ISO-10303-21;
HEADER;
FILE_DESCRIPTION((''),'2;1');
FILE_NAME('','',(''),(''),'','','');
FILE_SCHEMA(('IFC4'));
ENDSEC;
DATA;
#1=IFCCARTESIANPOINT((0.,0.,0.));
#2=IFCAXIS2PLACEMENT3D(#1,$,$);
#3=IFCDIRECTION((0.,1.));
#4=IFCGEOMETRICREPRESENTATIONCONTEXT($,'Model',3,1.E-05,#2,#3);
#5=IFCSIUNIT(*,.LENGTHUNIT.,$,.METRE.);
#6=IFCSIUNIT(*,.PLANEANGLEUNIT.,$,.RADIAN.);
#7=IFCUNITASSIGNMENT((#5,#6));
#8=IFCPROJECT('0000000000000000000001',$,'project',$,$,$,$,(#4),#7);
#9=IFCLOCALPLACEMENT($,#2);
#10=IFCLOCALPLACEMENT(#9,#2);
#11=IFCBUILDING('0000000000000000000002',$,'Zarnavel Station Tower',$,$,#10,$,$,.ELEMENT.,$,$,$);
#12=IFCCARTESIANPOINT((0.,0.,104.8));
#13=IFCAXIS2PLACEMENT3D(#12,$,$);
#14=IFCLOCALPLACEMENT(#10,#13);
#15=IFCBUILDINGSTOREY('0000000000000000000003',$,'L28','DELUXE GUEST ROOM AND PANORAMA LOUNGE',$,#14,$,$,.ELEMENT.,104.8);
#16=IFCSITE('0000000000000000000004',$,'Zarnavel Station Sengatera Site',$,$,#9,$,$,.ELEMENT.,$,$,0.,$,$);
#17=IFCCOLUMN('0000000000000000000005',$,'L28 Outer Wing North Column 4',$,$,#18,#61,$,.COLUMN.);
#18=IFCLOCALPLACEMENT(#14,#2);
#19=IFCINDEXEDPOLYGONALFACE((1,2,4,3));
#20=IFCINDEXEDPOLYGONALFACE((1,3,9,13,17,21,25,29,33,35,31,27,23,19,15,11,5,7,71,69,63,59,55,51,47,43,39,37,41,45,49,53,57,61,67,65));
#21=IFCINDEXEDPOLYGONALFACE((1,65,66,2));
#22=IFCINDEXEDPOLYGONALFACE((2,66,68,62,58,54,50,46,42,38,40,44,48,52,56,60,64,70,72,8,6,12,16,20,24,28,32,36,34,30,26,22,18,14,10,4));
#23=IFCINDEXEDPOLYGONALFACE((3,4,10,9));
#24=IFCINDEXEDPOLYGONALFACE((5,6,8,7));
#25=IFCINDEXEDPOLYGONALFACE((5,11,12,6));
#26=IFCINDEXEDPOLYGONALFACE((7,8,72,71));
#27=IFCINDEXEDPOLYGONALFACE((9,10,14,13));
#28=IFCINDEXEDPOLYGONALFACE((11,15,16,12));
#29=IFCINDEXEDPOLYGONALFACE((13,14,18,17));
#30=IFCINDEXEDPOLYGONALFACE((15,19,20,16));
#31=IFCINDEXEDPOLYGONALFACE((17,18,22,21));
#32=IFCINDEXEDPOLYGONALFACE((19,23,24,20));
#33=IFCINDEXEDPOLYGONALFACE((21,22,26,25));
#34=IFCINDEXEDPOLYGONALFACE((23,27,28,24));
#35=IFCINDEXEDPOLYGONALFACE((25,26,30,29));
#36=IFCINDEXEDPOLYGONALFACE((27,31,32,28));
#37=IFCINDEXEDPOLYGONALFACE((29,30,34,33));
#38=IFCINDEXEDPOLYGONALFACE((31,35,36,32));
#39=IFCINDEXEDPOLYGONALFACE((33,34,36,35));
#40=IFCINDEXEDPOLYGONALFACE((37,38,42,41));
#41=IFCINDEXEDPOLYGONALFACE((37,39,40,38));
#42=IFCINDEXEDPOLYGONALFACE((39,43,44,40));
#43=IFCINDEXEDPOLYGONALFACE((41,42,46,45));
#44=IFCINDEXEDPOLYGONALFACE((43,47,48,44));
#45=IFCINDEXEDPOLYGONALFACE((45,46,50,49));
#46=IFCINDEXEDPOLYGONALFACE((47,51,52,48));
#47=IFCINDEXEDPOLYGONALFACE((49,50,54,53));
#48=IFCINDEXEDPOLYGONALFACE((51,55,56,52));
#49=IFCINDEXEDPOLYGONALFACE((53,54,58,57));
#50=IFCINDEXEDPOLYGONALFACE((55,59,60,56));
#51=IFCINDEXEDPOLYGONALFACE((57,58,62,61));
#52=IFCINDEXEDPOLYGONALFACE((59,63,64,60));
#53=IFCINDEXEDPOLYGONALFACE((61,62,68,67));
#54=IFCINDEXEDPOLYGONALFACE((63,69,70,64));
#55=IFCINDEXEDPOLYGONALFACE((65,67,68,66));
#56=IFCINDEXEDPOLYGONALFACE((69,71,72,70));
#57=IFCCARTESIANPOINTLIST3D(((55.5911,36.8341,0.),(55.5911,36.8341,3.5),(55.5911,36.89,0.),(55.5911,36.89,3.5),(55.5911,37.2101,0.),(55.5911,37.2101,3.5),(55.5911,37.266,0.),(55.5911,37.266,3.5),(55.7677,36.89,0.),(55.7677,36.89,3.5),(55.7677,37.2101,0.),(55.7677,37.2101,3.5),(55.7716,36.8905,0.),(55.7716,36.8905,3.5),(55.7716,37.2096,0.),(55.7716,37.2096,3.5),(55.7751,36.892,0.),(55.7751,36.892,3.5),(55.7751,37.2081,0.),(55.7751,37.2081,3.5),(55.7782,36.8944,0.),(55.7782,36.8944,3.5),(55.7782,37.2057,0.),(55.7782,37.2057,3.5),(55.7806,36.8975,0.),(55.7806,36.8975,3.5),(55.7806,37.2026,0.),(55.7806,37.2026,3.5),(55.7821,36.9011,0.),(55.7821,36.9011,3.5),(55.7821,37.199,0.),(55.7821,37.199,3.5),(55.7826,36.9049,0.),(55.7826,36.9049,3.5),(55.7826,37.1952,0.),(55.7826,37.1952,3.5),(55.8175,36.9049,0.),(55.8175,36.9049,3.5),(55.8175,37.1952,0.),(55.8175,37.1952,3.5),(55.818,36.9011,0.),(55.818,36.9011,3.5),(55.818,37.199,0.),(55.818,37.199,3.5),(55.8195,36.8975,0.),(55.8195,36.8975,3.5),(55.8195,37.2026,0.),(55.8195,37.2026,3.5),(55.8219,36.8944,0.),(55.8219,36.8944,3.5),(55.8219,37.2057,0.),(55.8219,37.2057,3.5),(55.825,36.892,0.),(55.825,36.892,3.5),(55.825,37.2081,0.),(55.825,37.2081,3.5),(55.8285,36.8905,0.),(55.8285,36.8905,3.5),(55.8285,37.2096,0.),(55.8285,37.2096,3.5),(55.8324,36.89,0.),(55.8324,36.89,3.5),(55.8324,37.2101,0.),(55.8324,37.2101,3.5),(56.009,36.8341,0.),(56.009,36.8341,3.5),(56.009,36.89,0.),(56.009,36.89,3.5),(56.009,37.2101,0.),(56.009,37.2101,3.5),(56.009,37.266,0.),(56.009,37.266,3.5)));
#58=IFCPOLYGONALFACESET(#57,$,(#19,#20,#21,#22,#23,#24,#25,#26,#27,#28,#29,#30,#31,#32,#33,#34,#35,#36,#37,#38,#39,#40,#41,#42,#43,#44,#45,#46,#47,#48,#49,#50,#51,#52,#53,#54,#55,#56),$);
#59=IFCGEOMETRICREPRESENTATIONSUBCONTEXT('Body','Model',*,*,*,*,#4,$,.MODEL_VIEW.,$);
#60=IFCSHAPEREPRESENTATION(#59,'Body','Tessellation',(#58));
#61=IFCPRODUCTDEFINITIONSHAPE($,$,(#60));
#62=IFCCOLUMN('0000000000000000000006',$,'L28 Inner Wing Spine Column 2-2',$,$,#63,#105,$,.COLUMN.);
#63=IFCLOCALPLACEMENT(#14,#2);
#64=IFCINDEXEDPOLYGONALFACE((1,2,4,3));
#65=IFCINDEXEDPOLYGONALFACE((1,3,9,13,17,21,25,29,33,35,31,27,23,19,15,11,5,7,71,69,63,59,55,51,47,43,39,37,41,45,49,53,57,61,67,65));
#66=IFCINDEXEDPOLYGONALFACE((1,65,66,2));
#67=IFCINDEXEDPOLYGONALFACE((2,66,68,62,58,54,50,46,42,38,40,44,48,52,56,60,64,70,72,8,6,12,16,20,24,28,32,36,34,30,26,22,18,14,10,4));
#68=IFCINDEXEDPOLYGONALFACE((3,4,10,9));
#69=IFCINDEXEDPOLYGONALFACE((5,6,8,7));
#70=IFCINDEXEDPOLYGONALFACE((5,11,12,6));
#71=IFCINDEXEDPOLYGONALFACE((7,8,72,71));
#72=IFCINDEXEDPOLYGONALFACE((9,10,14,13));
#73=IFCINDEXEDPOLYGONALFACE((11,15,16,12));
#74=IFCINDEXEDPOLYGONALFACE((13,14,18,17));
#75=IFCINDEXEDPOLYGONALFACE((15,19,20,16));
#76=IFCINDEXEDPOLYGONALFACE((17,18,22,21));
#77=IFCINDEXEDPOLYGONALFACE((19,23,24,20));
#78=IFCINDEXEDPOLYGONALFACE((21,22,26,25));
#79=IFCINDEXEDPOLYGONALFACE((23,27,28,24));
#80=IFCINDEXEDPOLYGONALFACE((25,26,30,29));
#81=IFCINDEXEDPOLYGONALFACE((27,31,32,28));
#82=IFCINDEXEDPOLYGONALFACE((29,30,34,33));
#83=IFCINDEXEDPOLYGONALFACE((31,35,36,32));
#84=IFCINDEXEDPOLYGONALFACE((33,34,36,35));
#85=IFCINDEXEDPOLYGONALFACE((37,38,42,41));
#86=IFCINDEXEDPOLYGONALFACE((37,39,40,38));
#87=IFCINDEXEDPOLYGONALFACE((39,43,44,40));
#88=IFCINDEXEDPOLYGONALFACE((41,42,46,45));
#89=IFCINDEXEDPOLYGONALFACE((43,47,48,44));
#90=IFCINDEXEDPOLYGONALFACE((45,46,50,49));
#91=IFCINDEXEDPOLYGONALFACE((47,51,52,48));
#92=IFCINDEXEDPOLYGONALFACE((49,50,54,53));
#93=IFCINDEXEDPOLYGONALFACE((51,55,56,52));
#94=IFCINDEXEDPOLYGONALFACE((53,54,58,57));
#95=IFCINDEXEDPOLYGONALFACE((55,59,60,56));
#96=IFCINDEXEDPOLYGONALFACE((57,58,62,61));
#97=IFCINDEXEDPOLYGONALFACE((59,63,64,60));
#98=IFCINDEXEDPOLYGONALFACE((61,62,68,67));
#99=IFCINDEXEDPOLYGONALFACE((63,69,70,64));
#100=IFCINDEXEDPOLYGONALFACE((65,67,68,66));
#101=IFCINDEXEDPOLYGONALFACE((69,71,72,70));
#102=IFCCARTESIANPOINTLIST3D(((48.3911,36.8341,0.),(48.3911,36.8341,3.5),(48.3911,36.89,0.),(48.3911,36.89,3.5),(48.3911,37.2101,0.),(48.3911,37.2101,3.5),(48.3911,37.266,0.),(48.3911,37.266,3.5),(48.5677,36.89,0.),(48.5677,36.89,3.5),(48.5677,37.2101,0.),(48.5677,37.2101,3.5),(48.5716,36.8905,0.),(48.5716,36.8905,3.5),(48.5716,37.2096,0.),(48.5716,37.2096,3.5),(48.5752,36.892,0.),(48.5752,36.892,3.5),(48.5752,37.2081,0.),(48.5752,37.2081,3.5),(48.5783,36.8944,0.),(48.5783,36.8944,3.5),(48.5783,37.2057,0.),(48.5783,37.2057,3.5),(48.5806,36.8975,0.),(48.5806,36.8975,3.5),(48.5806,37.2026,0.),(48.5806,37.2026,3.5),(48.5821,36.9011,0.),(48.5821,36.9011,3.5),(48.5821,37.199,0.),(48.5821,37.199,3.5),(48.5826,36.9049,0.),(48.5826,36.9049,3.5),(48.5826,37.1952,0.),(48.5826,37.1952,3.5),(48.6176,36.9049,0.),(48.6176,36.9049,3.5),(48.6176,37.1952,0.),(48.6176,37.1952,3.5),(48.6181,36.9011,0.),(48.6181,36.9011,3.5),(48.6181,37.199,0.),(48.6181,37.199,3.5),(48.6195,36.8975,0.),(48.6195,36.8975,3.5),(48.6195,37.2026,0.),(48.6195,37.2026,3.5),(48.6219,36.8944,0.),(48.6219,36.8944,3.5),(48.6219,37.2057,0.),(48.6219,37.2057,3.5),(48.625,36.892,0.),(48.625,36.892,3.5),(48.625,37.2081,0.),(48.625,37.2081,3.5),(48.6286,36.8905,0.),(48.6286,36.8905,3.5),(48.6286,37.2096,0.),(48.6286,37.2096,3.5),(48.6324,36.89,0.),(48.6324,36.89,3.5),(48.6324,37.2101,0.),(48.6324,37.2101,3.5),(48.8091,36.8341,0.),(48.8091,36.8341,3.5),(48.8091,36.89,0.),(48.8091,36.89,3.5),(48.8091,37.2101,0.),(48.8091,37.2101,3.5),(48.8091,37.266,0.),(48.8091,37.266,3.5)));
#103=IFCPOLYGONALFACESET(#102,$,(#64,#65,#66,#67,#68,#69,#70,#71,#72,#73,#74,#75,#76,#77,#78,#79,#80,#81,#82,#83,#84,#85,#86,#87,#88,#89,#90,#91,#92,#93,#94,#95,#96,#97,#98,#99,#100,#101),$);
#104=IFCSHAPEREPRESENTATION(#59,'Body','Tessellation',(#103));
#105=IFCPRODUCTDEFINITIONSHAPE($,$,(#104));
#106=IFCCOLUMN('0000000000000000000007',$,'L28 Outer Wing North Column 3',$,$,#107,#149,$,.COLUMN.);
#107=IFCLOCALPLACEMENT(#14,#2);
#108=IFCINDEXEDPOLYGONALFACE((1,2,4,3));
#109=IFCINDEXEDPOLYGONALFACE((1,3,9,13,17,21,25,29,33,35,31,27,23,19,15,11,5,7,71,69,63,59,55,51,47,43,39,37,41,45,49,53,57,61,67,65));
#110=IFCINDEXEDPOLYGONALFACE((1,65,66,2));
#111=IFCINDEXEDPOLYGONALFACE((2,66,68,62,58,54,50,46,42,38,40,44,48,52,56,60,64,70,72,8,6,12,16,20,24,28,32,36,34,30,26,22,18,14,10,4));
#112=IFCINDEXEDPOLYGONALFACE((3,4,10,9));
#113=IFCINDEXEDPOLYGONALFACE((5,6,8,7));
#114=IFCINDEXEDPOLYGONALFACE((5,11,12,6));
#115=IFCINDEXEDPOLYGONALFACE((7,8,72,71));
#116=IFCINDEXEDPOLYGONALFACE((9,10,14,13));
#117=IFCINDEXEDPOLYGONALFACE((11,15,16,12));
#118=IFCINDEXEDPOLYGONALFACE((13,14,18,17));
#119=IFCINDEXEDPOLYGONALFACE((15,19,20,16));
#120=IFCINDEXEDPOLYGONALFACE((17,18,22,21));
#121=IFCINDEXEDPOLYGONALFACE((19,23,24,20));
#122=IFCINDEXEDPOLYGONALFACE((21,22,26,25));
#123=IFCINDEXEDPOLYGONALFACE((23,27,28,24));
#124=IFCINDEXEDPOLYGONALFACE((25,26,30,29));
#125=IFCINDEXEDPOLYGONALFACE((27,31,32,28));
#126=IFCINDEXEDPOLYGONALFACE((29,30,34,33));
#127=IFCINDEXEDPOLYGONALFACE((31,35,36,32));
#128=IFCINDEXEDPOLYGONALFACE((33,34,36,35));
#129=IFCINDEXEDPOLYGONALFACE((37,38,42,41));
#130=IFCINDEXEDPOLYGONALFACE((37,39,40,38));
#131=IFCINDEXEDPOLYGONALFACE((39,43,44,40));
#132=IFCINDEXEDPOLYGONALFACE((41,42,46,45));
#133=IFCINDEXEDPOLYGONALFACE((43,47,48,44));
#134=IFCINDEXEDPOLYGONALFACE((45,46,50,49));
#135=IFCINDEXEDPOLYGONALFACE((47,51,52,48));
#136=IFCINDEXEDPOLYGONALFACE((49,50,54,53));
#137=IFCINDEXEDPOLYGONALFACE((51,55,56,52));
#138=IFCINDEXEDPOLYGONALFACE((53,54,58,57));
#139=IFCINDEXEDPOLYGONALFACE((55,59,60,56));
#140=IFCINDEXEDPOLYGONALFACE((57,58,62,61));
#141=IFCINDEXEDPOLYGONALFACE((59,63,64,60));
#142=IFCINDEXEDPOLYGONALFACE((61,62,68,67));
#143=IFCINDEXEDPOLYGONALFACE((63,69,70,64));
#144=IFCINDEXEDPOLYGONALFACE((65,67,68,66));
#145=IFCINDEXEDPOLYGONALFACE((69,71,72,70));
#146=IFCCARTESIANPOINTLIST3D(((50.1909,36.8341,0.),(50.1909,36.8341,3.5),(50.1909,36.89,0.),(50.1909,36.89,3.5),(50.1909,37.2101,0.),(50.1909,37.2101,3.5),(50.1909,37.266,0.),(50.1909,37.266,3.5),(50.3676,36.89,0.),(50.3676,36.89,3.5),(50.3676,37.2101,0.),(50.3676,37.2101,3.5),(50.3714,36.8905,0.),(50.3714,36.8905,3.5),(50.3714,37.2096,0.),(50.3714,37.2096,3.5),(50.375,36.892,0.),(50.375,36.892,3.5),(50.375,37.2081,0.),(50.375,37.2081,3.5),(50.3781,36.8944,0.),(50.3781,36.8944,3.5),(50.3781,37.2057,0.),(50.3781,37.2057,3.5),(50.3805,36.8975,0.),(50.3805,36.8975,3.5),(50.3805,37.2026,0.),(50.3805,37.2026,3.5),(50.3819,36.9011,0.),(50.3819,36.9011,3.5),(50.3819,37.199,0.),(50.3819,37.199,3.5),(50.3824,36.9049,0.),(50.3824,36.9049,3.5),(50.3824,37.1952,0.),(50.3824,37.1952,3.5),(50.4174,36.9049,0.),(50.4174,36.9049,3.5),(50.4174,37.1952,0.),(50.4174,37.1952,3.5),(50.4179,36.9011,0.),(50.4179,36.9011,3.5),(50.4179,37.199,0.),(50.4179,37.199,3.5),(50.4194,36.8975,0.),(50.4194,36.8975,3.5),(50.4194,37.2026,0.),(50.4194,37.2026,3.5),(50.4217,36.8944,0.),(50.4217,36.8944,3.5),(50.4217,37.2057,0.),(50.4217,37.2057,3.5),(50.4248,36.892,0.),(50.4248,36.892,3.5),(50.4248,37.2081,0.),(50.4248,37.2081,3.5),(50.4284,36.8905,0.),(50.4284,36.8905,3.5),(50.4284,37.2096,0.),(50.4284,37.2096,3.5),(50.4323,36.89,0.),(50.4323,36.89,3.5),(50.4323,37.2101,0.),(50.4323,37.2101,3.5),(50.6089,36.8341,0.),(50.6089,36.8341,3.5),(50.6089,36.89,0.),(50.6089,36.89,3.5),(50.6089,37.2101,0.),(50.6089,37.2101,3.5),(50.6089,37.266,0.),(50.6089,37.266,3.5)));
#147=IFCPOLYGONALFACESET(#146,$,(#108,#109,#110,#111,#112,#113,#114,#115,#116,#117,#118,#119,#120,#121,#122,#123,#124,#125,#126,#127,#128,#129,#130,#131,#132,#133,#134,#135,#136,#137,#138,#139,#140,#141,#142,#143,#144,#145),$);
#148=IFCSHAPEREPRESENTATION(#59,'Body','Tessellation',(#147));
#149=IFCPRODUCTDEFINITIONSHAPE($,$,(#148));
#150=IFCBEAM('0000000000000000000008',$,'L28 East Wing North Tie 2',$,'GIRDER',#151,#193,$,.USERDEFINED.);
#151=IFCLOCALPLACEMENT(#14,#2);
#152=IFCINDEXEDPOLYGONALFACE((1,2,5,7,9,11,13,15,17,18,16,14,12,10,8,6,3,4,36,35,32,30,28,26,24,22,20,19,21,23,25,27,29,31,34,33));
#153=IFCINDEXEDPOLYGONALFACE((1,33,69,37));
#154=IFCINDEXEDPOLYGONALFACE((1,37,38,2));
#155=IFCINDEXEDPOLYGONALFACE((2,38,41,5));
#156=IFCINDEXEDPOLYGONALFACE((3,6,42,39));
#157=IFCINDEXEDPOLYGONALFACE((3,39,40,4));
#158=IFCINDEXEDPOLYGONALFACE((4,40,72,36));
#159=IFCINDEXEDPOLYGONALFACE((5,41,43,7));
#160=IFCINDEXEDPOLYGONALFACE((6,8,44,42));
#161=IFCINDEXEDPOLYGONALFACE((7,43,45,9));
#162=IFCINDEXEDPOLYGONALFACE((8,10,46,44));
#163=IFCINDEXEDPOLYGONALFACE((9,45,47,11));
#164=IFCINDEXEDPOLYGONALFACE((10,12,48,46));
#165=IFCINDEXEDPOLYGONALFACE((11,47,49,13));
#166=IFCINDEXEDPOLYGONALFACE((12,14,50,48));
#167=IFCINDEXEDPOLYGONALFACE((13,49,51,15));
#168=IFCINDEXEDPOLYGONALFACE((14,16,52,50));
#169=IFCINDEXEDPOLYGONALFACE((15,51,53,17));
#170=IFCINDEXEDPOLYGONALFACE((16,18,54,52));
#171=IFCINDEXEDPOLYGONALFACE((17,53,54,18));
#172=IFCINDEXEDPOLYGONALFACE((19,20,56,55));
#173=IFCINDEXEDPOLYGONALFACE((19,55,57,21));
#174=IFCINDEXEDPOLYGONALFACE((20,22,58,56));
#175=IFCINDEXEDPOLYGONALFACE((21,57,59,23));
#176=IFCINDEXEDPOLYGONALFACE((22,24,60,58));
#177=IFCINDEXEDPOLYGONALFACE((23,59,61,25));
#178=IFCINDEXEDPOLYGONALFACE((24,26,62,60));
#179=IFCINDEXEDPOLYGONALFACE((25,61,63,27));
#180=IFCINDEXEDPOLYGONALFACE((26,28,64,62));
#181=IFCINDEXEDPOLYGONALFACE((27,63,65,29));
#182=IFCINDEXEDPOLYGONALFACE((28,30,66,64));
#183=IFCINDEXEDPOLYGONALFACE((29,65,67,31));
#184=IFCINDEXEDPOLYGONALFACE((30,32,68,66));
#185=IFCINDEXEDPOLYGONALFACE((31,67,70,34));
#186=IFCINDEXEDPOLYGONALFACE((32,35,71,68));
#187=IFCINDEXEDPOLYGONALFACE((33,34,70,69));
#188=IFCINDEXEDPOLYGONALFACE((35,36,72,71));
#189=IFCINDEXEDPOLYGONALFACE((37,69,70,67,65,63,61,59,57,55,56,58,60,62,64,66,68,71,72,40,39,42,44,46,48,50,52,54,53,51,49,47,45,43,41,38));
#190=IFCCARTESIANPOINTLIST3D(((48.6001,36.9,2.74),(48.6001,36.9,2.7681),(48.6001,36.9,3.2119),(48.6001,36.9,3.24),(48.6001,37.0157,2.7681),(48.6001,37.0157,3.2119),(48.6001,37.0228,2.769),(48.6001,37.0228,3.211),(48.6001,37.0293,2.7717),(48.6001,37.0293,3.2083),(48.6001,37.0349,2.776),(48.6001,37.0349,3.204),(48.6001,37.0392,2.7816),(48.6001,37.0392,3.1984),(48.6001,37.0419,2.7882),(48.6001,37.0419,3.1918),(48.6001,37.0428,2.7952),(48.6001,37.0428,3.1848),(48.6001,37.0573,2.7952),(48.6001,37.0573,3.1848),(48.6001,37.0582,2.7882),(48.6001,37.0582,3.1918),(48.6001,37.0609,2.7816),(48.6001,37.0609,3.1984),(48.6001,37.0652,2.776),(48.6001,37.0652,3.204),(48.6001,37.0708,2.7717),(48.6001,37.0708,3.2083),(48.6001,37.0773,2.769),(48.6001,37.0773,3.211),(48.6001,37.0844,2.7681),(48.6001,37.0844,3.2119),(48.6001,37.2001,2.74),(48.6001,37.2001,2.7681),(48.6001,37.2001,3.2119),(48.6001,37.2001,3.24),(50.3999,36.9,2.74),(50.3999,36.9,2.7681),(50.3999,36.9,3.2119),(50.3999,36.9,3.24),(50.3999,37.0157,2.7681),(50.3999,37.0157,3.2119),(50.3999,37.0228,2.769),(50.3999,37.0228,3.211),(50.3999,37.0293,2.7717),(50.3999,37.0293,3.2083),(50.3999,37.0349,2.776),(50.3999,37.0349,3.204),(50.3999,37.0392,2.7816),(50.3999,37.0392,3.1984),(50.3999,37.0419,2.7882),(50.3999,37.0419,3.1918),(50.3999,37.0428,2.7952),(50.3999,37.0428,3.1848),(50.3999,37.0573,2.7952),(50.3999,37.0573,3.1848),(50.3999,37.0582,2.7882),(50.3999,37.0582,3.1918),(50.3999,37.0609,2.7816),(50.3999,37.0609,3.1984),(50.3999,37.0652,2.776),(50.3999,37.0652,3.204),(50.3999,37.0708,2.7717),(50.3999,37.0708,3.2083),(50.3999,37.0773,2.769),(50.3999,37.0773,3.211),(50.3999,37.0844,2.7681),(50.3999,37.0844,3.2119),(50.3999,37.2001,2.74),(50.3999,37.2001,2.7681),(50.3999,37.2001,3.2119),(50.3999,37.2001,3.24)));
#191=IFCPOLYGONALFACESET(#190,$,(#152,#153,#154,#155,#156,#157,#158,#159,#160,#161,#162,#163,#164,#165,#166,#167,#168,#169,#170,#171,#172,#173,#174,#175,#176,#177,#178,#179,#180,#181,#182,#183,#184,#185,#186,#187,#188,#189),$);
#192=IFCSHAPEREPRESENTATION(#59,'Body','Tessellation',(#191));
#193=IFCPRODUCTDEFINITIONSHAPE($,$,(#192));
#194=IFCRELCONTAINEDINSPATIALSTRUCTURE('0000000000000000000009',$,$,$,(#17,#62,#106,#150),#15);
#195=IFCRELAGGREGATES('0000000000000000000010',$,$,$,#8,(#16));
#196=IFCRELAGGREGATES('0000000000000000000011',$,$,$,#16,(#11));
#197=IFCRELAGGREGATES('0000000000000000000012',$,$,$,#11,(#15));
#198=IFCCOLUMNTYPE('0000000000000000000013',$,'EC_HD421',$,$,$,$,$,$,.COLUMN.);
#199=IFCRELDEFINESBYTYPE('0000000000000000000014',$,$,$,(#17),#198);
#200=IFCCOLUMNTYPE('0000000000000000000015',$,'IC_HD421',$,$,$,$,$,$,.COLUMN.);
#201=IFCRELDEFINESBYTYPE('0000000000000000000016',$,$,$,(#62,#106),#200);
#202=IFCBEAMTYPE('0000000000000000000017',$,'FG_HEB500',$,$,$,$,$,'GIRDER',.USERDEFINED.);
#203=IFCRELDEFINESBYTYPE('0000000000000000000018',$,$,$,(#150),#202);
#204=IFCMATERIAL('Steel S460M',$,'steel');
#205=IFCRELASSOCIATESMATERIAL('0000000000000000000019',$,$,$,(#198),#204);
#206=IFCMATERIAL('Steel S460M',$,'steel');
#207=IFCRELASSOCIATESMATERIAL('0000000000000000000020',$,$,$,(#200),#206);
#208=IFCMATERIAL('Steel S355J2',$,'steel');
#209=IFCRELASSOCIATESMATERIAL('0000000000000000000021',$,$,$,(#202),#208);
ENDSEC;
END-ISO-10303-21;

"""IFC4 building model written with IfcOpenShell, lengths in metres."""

from ifc_helpers import new_model, si_unit, direction, frame, origin, origin_2d, place, context, subcontext, project, spatial, i_section, extrude, material, material_profile, profile_set, type_object, element, save


model = new_model("IFC4")

# Units and contexts
model_context = context("Model", 3, precision=1e-05, world=origin(), true_north=direction((0.0, 1.0)))
body_context = subcontext(model_context, "Body", "Model", "MODEL_VIEW")
ifc_project = project(units=[si_unit("LENGTHUNIT", "METRE"), si_unit("PLANEANGLEUNIT", "RADIAN")], contexts=[model_context])

# Site, building, storey
site_placement = place(None, origin())
site = spatial("IfcSite", under=ifc_project, at=site_placement, Name="Zarnavel Station Sengatera Site", CompositionType="ELEMENT", RefElevation=0.0)
building_placement = place(site_placement, origin())
building = spatial("IfcBuilding", under=site, at=building_placement, Name="Zarnavel Station Tower", CompositionType="ELEMENT")
storey_placement = place(building_placement, frame((0.0, 0.0, 104.8)))
storey = spatial("IfcBuildingStorey", under=building, at=storey_placement, Name="L28", Description="DELUXE GUEST ROOM AND PANORAMA LOUNGE", CompositionType="ELEMENT", Elevation=104.8)

# Columns
ifc_material_1 = material(Name="Steel S460M", Category="steel")
ifc_material_profile_1 = material_profile(ifc_material_1, i_section(OverallWidth=0.418, OverallDepth=0.4319, WebThickness=0.0349, FlangeThickness=0.0559, FilletRadius=0.0149, at=origin_2d()), Name="HD400x421")
ifc_profile_set_1 = profile_set([ifc_material_profile_1], Name="Steel S460M")
column_type_1 = type_object("IfcColumnType", Name="EC_HD421", PredefinedType="COLUMN", material=ifc_profile_set_1)
column_placement = place(storey_placement, frame((55.8, 37.05, 0.0), z_axis=(0.0, 0.0, 1.0), x_axis=(1.0, 0.0, 0.0)))
element("IfcColumn", 1, at=column_placement, inside=storey, type_object=column_type_1, Name="L28 Outer Wing North Column 4", PredefinedType="COLUMN", context=body_context, shape_type="SweptSolid", body=[
    extrude(i_section(OverallWidth=0.418, OverallDepth=0.4319, WebThickness=0.0349, FlangeThickness=0.0559, FilletRadius=0.0149, at=origin_2d()), origin(), (0.0, 0.0, 1.0), 3.5),
])
ifc_material_2 = material(Name="Steel S460M", Category="steel")
ifc_material_profile_2 = material_profile(ifc_material_2, i_section(OverallWidth=0.418, OverallDepth=0.4319, WebThickness=0.0349, FlangeThickness=0.0559, FilletRadius=0.0149, at=origin_2d()), Name="HD400x421")
ifc_profile_set_2 = profile_set([ifc_material_profile_2], Name="Steel S460M")
column_type_2 = type_object("IfcColumnType", Name="IC_HD421", PredefinedType="COLUMN", material=ifc_profile_set_2)
for number, where, z_axis, x_axis, name in (
    (2, (48.6001, 37.05, 0.0), (0.0, 0.0, 1.0), (1.0, 0.0, 0.0), "L28 Inner Wing Spine Column 2-2"),
    (3, (50.3999, 37.05, 0.0), (0.0, 0.0, 1.0), (1.0, 0.0, 0.0), "L28 Outer Wing North Column 3"),
):
    element("IfcColumn", number, at=place(storey_placement, frame(where, z_axis=z_axis, x_axis=x_axis)), inside=storey, type_object=column_type_2, Name=name, PredefinedType="COLUMN", context=body_context, shape_type="SweptSolid", body=[
        extrude(i_section(OverallWidth=0.418, OverallDepth=0.4319, WebThickness=0.0349, FlangeThickness=0.0559, FilletRadius=0.0149, at=origin_2d()), origin(), (0.0, 0.0, 1.0), 3.5),
    ])

# Beam
ifc_material_3 = material(Name="Steel S355J2", Category="steel")
ifc_material_profile_3 = material_profile(ifc_material_3, i_section(OverallWidth=0.3, OverallDepth=0.5, WebThickness=0.0144, FlangeThickness=0.0281, FilletRadius=0.0271, at=origin_2d()), Name="HEB500")
ifc_profile_set_3 = profile_set([ifc_material_profile_3], Name="Steel S355J2")
beam_type = type_object("IfcBeamType", Name="FG_HEB500", ElementType="GIRDER", PredefinedType="USERDEFINED", material=ifc_profile_set_3)
beam_1_placement = place(storey_placement, frame((48.6001, 37.05, 2.99), z_axis=(1.0, 0.0, 0.0), x_axis=(0.0, 1.0, 0.0)))
element("IfcBeam", 4, at=beam_1_placement, inside=storey, type_object=beam_type, Name="L28 East Wing North Tie 2", ObjectType="GIRDER", PredefinedType="USERDEFINED", context=body_context, shape_type="SweptSolid", body=[
    extrude(i_section(OverallWidth=0.3, OverallDepth=0.5, WebThickness=0.0144, FlangeThickness=0.0281, FilletRadius=0.0271, at=origin_2d()), origin(), (0.0, 0.0, 1.0), 1.7998),
])

save(model, "model.ifc")
